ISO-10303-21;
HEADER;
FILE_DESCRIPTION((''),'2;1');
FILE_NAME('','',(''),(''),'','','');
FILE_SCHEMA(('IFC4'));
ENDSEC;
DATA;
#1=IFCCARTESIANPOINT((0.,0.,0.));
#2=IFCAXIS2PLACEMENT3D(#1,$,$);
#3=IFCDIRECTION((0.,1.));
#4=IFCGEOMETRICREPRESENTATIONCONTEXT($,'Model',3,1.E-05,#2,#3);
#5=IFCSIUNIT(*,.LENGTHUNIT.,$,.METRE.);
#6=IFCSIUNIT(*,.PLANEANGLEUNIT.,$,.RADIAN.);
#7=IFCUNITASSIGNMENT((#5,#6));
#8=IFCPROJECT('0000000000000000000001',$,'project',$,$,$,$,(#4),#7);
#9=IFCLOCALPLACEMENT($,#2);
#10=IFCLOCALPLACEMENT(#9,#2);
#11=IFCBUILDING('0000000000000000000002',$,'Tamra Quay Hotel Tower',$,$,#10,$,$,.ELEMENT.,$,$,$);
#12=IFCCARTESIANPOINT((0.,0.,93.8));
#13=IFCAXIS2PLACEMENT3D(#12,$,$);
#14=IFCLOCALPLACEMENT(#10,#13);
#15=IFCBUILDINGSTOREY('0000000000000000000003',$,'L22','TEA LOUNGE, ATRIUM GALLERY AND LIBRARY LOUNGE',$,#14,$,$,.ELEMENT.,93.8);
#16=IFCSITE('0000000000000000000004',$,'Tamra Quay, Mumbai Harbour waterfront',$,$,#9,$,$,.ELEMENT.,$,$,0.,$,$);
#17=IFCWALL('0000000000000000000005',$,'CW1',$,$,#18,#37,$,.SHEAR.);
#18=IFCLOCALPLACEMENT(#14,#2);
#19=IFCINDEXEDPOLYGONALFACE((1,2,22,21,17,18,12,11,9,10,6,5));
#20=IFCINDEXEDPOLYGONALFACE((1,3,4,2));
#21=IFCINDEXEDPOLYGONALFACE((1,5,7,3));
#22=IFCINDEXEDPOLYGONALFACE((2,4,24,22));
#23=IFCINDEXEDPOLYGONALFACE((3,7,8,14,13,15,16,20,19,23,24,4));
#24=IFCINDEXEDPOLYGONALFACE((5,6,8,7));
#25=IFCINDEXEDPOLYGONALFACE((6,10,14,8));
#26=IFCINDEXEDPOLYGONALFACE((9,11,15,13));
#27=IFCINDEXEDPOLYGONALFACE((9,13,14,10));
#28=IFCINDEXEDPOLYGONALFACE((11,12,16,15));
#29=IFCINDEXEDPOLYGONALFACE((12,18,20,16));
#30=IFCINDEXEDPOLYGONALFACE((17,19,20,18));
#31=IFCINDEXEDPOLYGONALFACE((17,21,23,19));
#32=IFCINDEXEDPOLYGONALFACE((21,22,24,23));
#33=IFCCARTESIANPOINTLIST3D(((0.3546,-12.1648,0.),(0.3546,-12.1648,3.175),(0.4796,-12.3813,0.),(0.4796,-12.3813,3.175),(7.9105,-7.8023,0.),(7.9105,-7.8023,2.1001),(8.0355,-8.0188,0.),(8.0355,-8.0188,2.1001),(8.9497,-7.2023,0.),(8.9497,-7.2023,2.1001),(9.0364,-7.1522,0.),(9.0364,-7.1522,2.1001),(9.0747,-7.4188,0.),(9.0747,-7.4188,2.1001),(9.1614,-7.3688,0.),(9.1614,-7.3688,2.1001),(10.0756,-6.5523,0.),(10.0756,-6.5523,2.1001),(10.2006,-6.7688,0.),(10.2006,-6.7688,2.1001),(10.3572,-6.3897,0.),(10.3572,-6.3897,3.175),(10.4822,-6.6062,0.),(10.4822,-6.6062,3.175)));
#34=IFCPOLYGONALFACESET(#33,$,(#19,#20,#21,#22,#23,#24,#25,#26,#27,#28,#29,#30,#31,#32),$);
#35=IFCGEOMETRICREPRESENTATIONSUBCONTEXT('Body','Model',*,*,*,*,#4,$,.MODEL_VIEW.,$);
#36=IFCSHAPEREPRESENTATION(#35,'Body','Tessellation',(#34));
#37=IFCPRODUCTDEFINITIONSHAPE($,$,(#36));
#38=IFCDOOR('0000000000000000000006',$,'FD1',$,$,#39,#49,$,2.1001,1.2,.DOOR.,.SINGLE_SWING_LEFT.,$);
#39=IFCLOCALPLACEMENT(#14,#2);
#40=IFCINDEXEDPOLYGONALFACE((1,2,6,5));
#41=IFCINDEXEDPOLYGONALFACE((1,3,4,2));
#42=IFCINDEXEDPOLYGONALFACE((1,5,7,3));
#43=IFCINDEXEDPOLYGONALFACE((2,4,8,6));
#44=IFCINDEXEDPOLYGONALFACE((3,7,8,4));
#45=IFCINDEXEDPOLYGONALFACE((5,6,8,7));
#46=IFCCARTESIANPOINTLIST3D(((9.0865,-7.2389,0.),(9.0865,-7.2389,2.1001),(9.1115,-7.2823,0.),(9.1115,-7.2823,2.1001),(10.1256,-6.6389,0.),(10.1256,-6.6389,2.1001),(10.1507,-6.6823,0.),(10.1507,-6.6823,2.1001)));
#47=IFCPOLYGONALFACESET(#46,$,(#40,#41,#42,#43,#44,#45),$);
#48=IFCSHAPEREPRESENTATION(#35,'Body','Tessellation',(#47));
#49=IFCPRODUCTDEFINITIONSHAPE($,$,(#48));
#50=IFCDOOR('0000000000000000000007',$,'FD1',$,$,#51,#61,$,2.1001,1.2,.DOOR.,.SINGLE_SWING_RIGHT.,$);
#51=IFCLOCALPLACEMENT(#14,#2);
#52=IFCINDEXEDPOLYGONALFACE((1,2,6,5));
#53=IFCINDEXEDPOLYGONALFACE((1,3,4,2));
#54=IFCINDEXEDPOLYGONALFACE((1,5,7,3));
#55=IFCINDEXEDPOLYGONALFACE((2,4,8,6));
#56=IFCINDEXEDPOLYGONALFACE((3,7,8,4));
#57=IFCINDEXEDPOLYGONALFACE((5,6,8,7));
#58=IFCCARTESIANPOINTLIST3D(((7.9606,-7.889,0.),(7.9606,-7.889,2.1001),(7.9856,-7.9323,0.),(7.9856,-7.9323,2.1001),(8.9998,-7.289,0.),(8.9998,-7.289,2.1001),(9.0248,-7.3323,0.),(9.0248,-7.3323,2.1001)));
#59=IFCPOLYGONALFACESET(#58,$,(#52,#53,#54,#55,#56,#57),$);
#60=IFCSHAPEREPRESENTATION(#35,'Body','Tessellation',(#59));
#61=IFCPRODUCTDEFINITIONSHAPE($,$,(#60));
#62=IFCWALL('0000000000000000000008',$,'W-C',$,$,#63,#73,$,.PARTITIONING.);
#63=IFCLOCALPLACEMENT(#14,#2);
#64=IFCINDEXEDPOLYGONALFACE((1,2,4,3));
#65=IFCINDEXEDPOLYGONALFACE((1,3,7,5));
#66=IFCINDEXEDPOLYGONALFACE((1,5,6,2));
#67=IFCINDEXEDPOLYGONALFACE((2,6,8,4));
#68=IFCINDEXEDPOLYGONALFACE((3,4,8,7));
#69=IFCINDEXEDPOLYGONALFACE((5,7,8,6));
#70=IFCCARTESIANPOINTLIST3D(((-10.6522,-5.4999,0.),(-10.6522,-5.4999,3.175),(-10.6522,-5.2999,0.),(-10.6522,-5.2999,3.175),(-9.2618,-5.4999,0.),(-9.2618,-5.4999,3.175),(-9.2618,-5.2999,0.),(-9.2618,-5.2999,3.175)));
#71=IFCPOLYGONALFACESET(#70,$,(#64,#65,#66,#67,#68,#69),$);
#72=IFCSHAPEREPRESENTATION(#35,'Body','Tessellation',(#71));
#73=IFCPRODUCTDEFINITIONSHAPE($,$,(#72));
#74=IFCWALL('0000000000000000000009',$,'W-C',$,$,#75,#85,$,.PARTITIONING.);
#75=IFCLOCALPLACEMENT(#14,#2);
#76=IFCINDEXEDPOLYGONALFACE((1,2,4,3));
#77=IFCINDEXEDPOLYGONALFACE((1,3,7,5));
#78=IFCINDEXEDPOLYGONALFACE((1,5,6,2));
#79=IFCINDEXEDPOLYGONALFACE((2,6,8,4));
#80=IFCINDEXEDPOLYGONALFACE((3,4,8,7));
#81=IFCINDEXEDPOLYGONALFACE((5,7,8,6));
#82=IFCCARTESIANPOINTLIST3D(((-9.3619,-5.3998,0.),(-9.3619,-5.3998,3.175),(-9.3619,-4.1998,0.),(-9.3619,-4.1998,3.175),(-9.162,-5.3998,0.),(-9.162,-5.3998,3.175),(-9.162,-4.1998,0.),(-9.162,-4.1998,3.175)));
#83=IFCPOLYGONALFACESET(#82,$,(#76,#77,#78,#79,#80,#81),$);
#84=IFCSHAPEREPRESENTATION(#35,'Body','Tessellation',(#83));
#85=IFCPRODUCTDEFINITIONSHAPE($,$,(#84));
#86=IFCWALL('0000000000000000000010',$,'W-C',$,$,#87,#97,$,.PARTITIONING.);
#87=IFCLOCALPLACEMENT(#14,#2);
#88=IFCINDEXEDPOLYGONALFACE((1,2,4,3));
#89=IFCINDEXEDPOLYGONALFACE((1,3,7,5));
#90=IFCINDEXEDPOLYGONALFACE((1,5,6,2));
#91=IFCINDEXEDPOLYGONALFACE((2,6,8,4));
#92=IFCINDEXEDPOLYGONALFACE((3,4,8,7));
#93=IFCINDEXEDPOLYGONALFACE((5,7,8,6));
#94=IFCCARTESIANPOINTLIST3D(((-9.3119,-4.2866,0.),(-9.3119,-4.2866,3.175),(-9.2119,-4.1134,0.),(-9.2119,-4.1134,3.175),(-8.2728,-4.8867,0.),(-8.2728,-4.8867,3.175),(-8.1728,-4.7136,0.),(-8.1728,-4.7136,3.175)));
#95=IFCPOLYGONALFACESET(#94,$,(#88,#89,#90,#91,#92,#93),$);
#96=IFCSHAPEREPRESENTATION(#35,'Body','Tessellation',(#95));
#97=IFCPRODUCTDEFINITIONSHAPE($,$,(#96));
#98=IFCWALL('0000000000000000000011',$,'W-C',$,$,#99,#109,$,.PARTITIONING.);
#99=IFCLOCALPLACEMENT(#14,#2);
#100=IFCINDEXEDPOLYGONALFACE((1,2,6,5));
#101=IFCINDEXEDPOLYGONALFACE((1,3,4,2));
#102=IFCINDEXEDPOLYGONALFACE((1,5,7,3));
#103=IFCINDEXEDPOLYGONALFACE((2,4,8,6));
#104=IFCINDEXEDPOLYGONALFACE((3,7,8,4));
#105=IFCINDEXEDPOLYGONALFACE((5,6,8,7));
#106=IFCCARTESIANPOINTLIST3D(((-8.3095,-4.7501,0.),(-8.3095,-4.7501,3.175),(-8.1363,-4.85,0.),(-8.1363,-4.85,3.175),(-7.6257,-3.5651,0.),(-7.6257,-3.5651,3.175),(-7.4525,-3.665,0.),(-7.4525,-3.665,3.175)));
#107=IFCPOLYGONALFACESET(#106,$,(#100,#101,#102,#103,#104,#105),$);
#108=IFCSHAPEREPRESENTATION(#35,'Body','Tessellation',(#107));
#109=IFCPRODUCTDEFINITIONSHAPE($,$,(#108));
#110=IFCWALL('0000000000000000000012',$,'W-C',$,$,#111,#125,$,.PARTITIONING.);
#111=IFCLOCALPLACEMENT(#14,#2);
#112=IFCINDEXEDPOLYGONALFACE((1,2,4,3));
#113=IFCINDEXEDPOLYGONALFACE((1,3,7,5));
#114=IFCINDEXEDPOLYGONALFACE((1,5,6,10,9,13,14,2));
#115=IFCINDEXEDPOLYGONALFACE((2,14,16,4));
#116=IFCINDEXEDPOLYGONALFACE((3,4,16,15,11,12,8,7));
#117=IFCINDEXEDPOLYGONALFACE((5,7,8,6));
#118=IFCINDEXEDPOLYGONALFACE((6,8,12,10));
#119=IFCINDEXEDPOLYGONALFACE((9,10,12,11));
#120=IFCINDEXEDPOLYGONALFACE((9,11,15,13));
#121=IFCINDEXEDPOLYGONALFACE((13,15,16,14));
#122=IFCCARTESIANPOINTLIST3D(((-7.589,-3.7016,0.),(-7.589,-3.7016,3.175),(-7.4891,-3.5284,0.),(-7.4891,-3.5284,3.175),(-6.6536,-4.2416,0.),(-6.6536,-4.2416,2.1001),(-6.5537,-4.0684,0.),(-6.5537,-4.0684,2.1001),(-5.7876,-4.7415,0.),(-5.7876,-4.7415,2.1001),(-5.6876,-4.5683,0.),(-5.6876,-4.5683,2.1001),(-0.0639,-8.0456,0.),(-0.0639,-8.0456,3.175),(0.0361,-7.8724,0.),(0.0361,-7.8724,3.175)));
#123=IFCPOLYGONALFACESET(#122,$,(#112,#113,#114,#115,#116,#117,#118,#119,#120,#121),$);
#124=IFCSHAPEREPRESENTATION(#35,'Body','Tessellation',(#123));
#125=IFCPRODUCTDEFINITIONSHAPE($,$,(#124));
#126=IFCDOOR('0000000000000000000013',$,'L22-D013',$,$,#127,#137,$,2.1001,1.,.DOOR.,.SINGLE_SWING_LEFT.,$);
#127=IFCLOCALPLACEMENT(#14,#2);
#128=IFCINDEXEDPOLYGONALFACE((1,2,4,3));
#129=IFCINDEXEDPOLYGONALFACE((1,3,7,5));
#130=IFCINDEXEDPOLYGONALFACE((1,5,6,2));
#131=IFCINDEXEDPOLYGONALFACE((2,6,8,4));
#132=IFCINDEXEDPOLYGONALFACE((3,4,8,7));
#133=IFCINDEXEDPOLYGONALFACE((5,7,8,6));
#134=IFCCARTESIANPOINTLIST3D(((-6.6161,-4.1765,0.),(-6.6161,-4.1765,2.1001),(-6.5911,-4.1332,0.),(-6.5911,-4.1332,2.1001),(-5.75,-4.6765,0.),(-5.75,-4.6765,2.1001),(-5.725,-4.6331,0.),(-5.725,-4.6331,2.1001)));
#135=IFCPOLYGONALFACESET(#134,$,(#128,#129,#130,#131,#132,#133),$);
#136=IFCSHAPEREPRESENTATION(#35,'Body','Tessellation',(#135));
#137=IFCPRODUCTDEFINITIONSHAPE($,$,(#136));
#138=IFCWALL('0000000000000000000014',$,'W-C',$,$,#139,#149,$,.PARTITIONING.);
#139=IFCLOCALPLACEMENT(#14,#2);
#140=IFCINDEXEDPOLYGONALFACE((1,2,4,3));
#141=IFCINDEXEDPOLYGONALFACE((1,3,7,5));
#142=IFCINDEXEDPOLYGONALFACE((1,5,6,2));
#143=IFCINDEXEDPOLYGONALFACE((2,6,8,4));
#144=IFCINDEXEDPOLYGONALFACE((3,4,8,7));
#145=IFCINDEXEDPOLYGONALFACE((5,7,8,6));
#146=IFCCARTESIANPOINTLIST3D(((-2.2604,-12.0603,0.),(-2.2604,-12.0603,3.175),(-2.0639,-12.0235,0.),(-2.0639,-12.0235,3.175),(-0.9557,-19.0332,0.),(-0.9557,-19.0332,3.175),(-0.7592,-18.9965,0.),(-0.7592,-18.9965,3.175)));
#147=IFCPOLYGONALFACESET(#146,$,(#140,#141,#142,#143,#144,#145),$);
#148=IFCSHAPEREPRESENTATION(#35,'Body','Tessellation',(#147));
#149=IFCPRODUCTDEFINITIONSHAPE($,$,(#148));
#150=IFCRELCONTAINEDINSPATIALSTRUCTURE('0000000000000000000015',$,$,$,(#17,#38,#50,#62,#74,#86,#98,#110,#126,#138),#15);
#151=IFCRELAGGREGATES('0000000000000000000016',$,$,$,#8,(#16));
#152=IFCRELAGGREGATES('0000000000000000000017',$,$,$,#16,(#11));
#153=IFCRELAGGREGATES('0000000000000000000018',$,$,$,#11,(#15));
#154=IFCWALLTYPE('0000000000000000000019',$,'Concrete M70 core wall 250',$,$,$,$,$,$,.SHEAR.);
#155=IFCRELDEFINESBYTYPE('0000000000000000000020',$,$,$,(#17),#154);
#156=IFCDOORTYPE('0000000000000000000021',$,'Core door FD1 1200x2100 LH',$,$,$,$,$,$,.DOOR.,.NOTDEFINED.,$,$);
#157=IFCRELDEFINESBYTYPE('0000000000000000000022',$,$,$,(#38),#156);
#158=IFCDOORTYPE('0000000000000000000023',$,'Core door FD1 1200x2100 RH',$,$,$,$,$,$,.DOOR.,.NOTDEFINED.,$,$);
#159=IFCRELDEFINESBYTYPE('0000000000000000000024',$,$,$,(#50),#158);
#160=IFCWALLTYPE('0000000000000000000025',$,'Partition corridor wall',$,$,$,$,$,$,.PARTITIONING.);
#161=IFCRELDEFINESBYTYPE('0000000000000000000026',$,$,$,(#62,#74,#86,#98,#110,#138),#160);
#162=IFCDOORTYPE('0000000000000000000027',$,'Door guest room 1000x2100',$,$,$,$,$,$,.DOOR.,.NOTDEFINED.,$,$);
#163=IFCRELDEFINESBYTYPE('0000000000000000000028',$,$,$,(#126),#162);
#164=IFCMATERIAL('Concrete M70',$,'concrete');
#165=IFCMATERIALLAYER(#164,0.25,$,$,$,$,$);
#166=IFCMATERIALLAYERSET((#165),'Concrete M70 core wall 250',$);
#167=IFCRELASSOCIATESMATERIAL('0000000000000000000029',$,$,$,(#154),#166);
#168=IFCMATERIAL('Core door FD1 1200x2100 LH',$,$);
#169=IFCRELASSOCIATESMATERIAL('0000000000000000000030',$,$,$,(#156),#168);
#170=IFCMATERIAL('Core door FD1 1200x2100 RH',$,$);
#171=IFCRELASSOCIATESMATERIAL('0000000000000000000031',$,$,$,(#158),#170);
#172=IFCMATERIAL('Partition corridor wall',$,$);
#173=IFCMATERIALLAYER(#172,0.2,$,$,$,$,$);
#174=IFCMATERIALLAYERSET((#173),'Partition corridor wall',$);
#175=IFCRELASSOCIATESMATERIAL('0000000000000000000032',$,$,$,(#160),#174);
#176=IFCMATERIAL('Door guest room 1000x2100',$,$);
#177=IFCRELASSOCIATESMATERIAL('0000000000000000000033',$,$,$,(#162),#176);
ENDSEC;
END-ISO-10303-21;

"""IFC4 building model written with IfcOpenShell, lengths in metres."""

from ifc_helpers import new_model, si_unit, direction, frame, frame_2d, origin, place, context, subcontext, project, spatial, rectangle, extrude, material, layer, layer_set, type_object, element, fill, save


model = new_model("IFC4")

# Units and contexts
model_context = context("Model", 3, precision=1e-05, world=origin(), true_north=direction((0.0, 1.0)))
body_context = subcontext(model_context, "Body", "Model", "MODEL_VIEW")
ifc_project = project(units=[si_unit("LENGTHUNIT", "METRE"), si_unit("PLANEANGLEUNIT", "RADIAN")], contexts=[model_context])

# Site, building, storey
site_placement = place(None, origin())
site = spatial("IfcSite", under=ifc_project, at=site_placement, Name="Tamra Quay, Mumbai Harbour waterfront", CompositionType="ELEMENT", RefElevation=0.0)
building_placement = place(site_placement, origin())
building = spatial("IfcBuilding", under=site, at=building_placement, Name="Tamra Quay Hotel Tower", CompositionType="ELEMENT")
storey_placement = place(building_placement, frame((0.0, 0.0, 93.8)))
storey = spatial("IfcBuildingStorey", under=building, at=storey_placement, Name="L22", Description="TEA LOUNGE, ATRIUM GALLERY AND LIBRARY LOUNGE", CompositionType="ELEMENT", Elevation=93.8)

# Shared definitions
ifc_material_1 = material(Name="Concrete M70", Category="concrete")

# Shared definitions
ifc_layer_1 = layer(ifc_material_1, 0.25)
ifc_layer_set_1 = layer_set([ifc_layer_1], Name="Concrete M70 core wall 250")
wall_type_1 = type_object("IfcWallType", Name="Concrete M70 core wall 250", PredefinedType="SHEAR", material=ifc_layer_set_1)

# Wall, openings, doors
wall_1_placement = place(storey_placement, frame((0.4172, -12.2729, 0.0), z_axis=(0.0, 0.0, 1.0), x_axis=(0.866022, 0.500006, 0.0)))
wall_1 = element("IfcWall", 1, at=wall_1_placement, inside=storey, type_object=wall_type_1, Name="CW1", PredefinedType="SHEAR", context=body_context, shape_type="SweptSolid", body=[
    extrude(rectangle(XDim=11.55, YDim=0.25, at=frame_2d((5.7749, 0.0))), origin(), (0.0, 0.0, 1.0), 3.175),
])
opening_1_placement = place(wall_1_placement, frame((10.0247, 0.0, 0.0)))
opening_1 = element("IfcOpeningElement", 2, at=opening_1_placement, cuts=wall_1, PredefinedType="OPENING", context=body_context, shape_type="SweptSolid", body=[
    extrude(rectangle(XDim=1.2, YDim=2.1001, at=frame_2d((0.6001, 1.05))), frame((0.0, 0.135, 0.0), z_axis=(0.0, -1.0, 0.0), x_axis=(1.0, 0.0, 0.0)), (0.0, 0.0, 1.0), 0.27),
])
opening_2_placement = place(wall_1_placement, frame((8.7246, 0.0, 0.0)))
opening_2 = element("IfcOpeningElement", 3, at=opening_2_placement, cuts=wall_1, PredefinedType="OPENING", context=body_context, shape_type="SweptSolid", body=[
    extrude(rectangle(XDim=1.2, YDim=2.1001, at=frame_2d((0.6001, 1.05))), frame((0.0, 0.135, 0.0), z_axis=(0.0, -1.0, 0.0), x_axis=(1.0, 0.0, 0.0)), (0.0, 0.0, 1.0), 0.27),
])
ifc_material_2 = material(Name="Core door FD1 1200x2100 LH")
door_type_1 = type_object("IfcDoorType", Name="Core door FD1 1200x2100 LH", OperationType="NOTDEFINED", PredefinedType="DOOR", material=ifc_material_2)
door_1_placement = place(opening_1_placement, origin())
door_1 = element("IfcDoor", 4, at=door_1_placement, inside=storey, type_object=door_type_1, Name="FD1", OperationType="SINGLE_SWING_LEFT", OverallHeight=2.1001, OverallWidth=1.2, PredefinedType="DOOR", context=body_context, shape_type="SweptSolid", body=[
    extrude(rectangle(XDim=1.2, YDim=2.1001, at=frame_2d((0.6001, 1.05))), frame((0.0, 0.0249, 0.0), z_axis=(0.0, -1.0, 0.0), x_axis=(1.0, 0.0, 0.0)), (0.0, 0.0, 1.0), 0.05),
])
fill(opening_1, door_1)
ifc_material_3 = material(Name="Core door FD1 1200x2100 RH")
door_type_2 = type_object("IfcDoorType", Name="Core door FD1 1200x2100 RH", OperationType="NOTDEFINED", PredefinedType="DOOR", material=ifc_material_3)
door_2_placement = place(opening_2_placement, origin())
door_2 = element("IfcDoor", 5, at=door_2_placement, inside=storey, type_object=door_type_2, Name="FD1", OperationType="SINGLE_SWING_RIGHT", OverallHeight=2.1001, OverallWidth=1.2, PredefinedType="DOOR", context=body_context, shape_type="SweptSolid", body=[
    extrude(rectangle(XDim=1.2, YDim=2.1001, at=frame_2d((0.6001, 1.05))), frame((0.0, 0.0249, 0.0), z_axis=(0.0, -1.0, 0.0), x_axis=(1.0, 0.0, 0.0)), (0.0, 0.0, 1.0), 0.05),
])
fill(opening_2, door_2)

# Walls
ifc_material_4 = material(Name="Partition corridor wall")
ifc_layer_2 = layer(ifc_material_4, 0.2)
ifc_layer_set_2 = layer_set([ifc_layer_2], Name="Partition corridor wall")
wall_type_2 = type_object("IfcWallType", Name="Partition corridor wall", PredefinedType="PARTITIONING", material=ifc_layer_set_2)
wall_2_placement = place(storey_placement, frame((-10.6523, -5.3999, 0.0), z_axis=(0.0, 0.0, 1.0), x_axis=(1.0, 0.0, 0.0)))
element("IfcWall", 6, at=wall_2_placement, inside=storey, type_object=wall_type_2, Name="W-C", PredefinedType="PARTITIONING", context=body_context, shape_type="SweptSolid", body=[
    extrude(rectangle(XDim=1.3904, YDim=0.2, at=frame_2d((0.6953, 0.0))), origin(), (0.0, 0.0, 1.0), 3.175),
])
for number, where, z_axis, x_axis, name in (
    (7, (-9.262, -5.3999, 0.0), (0.0, 0.0, 1.0), (0.0, 1.0, 0.0), "W-C"),
    (8, (-9.262, -4.2, 0.0), (0.0, 0.0, 1.0), (0.865955, -0.500122, 0.0), "W-C"),
):
    element("IfcWall", number, at=place(storey_placement, frame(where, z_axis=z_axis, x_axis=x_axis)), inside=storey, type_object=wall_type_2, Name=name, PredefinedType="PARTITIONING", context=body_context, shape_type="SweptSolid", body=[
        extrude(rectangle(XDim=1.2, YDim=0.2, at=frame_2d((0.6001, 0.0))), origin(), (0.0, 0.0, 1.0), 3.175),
    ])
wall_3_placement = place(storey_placement, frame((-8.2229, -4.8, 0.0), z_axis=(0.0, 0.0, 1.0), x_axis=(0.499805, 0.866138, 0.0)))
element("IfcWall", 9, at=wall_3_placement, inside=storey, type_object=wall_type_2, Name="W-C", PredefinedType="PARTITIONING", context=body_context, shape_type="SweptSolid", body=[
    extrude(rectangle(XDim=1.3682, YDim=0.2, at=frame_2d((0.6841, 0.0))), origin(), (0.0, 0.0, 1.0), 3.175),
])

# Wall, opening, door
wall_4_placement = place(storey_placement, frame((-7.5391, -3.615, 0.0), z_axis=(0.0, 0.0, 1.0), x_axis=(0.866058, -0.499944, 0.0)))
wall_4 = element("IfcWall", 10, at=wall_4_placement, inside=storey, type_object=wall_type_2, Name="W-C", PredefinedType="PARTITIONING", context=body_context, shape_type="SweptSolid", body=[
    extrude(rectangle(XDim=8.689, YDim=0.2, at=frame_2d((4.3445, 0.0))), origin(), (0.0, 0.0, 1.0), 3.175),
])
opening_3_placement = place(wall_4_placement, frame((1.0801, 0.0, 0.0)))
opening_3 = element("IfcOpeningElement", 11, at=opening_3_placement, cuts=wall_4, PredefinedType="OPENING", context=body_context, shape_type="SweptSolid", body=[
    extrude(rectangle(XDim=1.0, YDim=2.1001, at=frame_2d((0.5, 1.05))), frame((0.0, 0.1099, 0.0), z_axis=(0.0, -1.0, 0.0), x_axis=(1.0, 0.0, 0.0)), (0.0, 0.0, 1.0), 0.22),
])
ifc_material_5 = material(Name="Door guest room 1000x2100")
door_type_3 = type_object("IfcDoorType", Name="Door guest room 1000x2100", OperationType="NOTDEFINED", PredefinedType="DOOR", material=ifc_material_5)
door_3_placement = place(opening_3_placement, frame((1.0, 0.0, 0.0), z_axis=(0.0, 0.0, 1.0), x_axis=(-1.0, 0.0, 0.0)))
door_3 = element("IfcDoor", 12, at=door_3_placement, inside=storey, type_object=door_type_3, Name="L22-D013", OperationType="SINGLE_SWING_LEFT", OverallHeight=2.1001, OverallWidth=1.0, PredefinedType="DOOR", context=body_context, shape_type="SweptSolid", body=[
    extrude(rectangle(XDim=1.0, YDim=2.1001, at=frame_2d((0.5, 1.05))), frame((0.0, 0.0249, 0.0), z_axis=(0.0, -1.0, 0.0), x_axis=(1.0, 0.0, 0.0)), (0.0, 0.0, 1.0), 0.05),
])
fill(opening_3, door_3)

# Wall
wall_5_placement = place(storey_placement, frame((-2.1621, -12.042, 0.0), z_axis=(0.0, 0.0, 1.0), x_axis=(0.183917, -0.982942, 0.0)))
element("IfcWall", 13, at=wall_5_placement, inside=storey, type_object=wall_type_2, Name="W-C", PredefinedType="PARTITIONING", context=body_context, shape_type="SweptSolid", body=[
    extrude(rectangle(XDim=7.094, YDim=0.2, at=frame_2d((3.5469, 0.0))), origin(), (0.0, 0.0, 1.0), 3.175),
])

save(model, "model.ifc")
